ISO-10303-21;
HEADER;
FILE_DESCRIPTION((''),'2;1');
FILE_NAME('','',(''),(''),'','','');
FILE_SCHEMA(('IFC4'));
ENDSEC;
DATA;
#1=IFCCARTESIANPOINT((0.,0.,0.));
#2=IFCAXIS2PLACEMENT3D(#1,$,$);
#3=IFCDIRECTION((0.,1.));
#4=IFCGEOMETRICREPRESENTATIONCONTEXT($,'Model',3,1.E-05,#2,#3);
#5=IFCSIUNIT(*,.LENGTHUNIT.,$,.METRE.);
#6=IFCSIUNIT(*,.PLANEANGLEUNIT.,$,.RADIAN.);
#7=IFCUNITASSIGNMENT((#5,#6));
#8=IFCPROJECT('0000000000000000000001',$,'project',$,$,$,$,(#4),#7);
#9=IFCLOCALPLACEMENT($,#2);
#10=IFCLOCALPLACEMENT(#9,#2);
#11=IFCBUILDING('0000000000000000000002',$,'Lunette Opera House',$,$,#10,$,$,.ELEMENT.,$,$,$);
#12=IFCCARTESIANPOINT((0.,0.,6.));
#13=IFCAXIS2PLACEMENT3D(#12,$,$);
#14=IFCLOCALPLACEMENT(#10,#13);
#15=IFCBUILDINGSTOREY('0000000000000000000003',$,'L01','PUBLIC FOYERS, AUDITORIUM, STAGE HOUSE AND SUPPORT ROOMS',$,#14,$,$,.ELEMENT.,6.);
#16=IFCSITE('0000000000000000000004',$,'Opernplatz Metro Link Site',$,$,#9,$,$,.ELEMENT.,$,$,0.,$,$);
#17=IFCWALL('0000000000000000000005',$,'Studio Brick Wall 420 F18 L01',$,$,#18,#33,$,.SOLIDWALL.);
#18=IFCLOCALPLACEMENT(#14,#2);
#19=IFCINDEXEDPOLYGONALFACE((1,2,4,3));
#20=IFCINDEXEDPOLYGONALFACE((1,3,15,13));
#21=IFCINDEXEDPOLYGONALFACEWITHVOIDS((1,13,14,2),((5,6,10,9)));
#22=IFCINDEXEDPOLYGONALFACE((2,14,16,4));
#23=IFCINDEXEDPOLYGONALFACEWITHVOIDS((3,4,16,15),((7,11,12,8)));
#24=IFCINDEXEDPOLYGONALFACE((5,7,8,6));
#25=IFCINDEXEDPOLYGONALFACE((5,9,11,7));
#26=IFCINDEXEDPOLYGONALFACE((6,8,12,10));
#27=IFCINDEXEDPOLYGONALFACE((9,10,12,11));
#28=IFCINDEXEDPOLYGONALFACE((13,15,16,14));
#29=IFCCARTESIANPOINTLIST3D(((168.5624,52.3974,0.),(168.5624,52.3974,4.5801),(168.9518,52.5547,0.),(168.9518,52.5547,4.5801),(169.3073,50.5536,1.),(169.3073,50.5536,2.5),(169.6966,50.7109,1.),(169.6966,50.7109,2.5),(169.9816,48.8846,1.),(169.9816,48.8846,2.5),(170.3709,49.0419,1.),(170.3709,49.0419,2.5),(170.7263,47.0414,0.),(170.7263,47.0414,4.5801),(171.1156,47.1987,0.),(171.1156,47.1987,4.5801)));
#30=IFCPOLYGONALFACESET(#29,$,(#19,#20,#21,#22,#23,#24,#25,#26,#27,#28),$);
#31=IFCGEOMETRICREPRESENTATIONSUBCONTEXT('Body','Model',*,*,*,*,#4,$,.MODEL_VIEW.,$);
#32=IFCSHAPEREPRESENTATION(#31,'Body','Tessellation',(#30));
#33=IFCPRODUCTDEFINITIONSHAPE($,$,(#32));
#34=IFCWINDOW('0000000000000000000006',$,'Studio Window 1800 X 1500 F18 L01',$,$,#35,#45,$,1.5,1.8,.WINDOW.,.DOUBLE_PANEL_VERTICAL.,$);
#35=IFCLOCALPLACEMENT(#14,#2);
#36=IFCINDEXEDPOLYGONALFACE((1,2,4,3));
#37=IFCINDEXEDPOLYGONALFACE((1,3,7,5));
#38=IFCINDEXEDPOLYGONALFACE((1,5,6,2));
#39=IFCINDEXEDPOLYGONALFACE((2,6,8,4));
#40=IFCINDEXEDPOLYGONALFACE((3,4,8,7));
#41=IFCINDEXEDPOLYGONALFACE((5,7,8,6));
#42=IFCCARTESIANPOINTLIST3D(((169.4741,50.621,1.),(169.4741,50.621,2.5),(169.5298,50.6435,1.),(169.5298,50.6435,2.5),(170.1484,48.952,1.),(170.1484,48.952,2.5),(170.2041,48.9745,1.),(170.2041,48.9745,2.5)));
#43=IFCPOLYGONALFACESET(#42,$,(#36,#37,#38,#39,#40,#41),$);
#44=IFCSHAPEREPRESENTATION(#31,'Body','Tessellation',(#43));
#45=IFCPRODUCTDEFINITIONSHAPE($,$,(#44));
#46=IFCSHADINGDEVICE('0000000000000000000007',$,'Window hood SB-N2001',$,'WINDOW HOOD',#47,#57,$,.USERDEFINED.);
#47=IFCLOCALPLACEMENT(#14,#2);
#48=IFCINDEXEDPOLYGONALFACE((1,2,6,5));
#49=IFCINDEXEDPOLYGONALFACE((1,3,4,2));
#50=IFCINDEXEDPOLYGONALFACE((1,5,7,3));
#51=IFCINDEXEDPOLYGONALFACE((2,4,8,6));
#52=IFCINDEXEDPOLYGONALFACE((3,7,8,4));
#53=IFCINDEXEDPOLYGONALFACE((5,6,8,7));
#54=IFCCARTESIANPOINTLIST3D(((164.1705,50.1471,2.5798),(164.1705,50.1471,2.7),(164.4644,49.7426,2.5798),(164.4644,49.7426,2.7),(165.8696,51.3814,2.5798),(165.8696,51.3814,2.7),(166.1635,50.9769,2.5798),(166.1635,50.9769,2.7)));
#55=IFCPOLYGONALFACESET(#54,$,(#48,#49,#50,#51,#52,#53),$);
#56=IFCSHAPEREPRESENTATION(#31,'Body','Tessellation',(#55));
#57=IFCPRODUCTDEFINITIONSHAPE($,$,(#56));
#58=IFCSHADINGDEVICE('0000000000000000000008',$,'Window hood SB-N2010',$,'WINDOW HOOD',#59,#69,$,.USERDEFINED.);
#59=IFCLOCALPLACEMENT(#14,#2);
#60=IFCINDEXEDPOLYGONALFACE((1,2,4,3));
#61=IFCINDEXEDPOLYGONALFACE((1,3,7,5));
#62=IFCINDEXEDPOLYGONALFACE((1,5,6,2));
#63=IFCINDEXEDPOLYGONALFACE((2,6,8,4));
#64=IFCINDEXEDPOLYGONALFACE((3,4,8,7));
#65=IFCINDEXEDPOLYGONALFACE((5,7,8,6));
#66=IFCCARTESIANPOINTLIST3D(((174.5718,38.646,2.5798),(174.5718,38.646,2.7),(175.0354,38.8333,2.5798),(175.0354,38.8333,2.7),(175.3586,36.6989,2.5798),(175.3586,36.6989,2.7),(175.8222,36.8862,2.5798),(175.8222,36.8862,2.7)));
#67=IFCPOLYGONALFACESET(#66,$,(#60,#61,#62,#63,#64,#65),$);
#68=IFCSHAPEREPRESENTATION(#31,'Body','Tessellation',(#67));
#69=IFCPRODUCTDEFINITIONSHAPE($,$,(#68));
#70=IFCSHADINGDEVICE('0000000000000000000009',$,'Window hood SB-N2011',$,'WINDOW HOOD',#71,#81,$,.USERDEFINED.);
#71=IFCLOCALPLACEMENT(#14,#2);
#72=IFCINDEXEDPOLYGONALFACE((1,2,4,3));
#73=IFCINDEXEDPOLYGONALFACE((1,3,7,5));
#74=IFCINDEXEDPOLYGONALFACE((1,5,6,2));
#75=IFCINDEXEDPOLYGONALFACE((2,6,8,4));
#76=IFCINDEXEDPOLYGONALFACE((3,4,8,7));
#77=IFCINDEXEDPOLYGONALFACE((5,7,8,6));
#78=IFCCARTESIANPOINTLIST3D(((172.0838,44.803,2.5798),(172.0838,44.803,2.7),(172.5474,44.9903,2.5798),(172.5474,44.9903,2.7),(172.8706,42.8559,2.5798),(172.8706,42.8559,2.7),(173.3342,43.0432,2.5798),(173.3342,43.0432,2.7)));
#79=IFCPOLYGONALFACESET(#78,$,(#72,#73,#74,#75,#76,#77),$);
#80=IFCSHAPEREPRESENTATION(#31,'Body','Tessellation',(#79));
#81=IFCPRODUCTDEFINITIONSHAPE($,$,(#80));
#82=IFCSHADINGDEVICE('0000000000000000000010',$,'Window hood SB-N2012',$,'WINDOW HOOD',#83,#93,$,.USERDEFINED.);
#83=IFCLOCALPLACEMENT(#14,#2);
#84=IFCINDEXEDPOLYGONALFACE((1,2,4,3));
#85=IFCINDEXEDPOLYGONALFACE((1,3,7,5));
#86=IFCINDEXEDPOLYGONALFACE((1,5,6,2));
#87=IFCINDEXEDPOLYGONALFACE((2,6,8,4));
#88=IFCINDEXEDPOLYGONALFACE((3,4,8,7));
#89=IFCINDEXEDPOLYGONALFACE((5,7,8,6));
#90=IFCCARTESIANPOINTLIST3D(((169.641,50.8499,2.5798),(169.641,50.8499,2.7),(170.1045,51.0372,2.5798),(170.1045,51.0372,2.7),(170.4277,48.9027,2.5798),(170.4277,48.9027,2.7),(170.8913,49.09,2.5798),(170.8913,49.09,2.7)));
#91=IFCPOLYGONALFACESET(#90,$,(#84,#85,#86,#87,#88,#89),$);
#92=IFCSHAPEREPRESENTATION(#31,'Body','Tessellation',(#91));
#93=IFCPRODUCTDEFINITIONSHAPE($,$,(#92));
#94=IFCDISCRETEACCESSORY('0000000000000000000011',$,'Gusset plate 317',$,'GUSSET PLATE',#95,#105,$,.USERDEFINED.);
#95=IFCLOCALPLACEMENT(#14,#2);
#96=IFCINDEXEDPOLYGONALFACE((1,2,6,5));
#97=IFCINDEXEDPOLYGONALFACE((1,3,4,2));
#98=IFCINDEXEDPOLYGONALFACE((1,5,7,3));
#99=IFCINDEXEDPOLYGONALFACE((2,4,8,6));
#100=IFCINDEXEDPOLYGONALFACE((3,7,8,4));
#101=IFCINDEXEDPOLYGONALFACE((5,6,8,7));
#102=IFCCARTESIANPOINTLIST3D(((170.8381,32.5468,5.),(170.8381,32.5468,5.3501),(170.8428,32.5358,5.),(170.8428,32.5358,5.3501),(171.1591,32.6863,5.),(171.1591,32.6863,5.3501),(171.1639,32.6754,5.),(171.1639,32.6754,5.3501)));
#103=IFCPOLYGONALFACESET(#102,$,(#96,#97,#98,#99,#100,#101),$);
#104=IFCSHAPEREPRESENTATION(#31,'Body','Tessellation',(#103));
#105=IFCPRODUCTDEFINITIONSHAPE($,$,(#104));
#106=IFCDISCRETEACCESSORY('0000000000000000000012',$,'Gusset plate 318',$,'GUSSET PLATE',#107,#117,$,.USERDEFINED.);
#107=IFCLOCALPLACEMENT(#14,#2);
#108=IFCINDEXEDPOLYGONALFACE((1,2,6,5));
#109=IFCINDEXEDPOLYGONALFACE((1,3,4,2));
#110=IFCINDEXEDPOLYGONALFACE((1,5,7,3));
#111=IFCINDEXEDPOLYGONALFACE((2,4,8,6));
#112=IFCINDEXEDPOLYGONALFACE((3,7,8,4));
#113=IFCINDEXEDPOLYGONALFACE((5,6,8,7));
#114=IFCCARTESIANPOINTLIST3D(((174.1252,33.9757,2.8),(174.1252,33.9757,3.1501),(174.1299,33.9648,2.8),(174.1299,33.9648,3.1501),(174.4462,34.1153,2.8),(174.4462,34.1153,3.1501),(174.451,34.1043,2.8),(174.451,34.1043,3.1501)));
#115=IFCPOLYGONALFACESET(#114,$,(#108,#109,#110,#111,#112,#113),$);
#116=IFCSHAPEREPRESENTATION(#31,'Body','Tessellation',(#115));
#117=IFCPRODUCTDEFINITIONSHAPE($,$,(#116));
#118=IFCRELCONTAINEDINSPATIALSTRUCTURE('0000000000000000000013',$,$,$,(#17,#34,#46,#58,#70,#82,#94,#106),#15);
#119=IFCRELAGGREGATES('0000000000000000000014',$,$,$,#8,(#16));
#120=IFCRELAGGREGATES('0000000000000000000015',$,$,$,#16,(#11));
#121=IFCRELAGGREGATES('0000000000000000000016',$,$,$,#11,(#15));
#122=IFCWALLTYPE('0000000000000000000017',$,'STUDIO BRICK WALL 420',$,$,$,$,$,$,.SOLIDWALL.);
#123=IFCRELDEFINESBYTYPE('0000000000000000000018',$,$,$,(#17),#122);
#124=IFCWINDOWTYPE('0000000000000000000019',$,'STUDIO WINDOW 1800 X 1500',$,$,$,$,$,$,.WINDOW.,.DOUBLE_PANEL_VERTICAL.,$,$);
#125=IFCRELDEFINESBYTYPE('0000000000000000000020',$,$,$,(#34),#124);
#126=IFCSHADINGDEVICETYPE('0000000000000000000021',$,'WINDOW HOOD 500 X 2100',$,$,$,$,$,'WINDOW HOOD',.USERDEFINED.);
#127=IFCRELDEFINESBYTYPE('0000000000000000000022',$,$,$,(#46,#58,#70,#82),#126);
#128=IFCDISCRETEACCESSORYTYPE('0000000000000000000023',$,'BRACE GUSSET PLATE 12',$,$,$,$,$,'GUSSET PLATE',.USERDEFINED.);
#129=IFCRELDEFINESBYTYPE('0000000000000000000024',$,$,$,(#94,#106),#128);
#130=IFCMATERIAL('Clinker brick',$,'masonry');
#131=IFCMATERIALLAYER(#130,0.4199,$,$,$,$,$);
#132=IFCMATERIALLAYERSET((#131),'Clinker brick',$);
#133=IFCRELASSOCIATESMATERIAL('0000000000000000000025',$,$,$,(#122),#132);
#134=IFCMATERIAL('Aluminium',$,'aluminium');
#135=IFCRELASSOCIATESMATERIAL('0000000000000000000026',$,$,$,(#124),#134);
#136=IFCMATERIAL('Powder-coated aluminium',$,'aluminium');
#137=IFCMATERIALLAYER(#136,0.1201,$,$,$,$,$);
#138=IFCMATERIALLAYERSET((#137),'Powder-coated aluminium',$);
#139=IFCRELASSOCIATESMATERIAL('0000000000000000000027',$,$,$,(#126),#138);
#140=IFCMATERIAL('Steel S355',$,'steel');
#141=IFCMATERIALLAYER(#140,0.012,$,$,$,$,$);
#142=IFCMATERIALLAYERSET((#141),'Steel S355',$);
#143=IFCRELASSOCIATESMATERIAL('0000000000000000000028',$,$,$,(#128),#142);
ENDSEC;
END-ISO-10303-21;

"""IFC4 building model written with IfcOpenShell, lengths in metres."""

from ifc_helpers import new_model, si_unit, direction, frame, frame_2d, origin, origin_2d, place, context, subcontext, project, spatial, rectangle, extrude, material, layer, layer_set, type_object, element, fill, save


model = new_model("IFC4")

# Units and contexts
model_context = context("Model", 3, precision=1e-05, world=origin(), true_north=direction((0.0, 1.0)))
body_context = subcontext(model_context, "Body", "Model", "MODEL_VIEW")
ifc_project = project(units=[si_unit("LENGTHUNIT", "METRE"), si_unit("PLANEANGLEUNIT", "RADIAN")], contexts=[model_context])

# Site, building, storey
site_placement = place(None, origin())
site = spatial("IfcSite", under=ifc_project, at=site_placement, Name="Opernplatz Metro Link Site", CompositionType="ELEMENT", RefElevation=0.0)
building_placement = place(site_placement, origin())
building = spatial("IfcBuilding", under=site, at=building_placement, Name="Lunette Opera House", CompositionType="ELEMENT")
storey_placement = place(building_placement, frame((0.0, 0.0, 6.0)))
storey = spatial("IfcBuildingStorey", under=building, at=storey_placement, Name="L01", Description="PUBLIC FOYERS, AUDITORIUM, STAGE HOUSE AND SUPPORT ROOMS", CompositionType="ELEMENT", Elevation=6.0)

# Shared definitions
ifc_material_1 = material(Name="Clinker brick", Category="masonry")
ifc_layer_1 = layer(ifc_material_1, 0.4199)
ifc_layer_set_1 = layer_set([ifc_layer_1], Name="Clinker brick")
wall_type_1 = type_object("IfcWallType", Name="STUDIO BRICK WALL 420", PredefinedType="SOLIDWALL", material=ifc_layer_set_1)
ifc_material_2 = material(Name="Aluminium", Category="aluminium")
window_type = type_object("IfcWindowType", Name="STUDIO WINDOW 1800 X 1500", PartitioningType="DOUBLE_PANEL_VERTICAL", PredefinedType="WINDOW", material=ifc_material_2)

# Wall, opening, window
wall_1_placement = place(storey_placement, frame((170.9209, 47.1201, 0.0), z_axis=(0.0, 0.0, 1.0), x_axis=(-0.374587, 0.927192, 0.0)))
wall_1 = element("IfcWall", 1, at=wall_1_placement, inside=storey, type_object=wall_type_1, Name="Studio Brick Wall 420 F18 L01", PredefinedType="SOLIDWALL", context=body_context, shape_type="SweptSolid", body=[
    extrude(rectangle(XDim=5.7766, YDim=0.4199, at=frame_2d((2.8882, 0.0))), origin(), (0.0, 0.0, 1.0), 4.5801),
])
opening_1_placement = place(wall_1_placement, frame((1.988, 0.0, 1.0)))
opening_1 = element("IfcOpeningElement", 2, at=opening_1_placement, cuts=wall_1, PredefinedType="OPENING", context=body_context, shape_type="SweptSolid", body=[
    extrude(rectangle(XDim=1.8, YDim=1.5, at=frame_2d((0.8999, 0.75))), frame((0.0, 0.2219, 0.0), z_axis=(0.0, -1.0, 0.0), x_axis=(1.0, 0.0, 0.0)), (0.0, 0.0, 1.0), 0.4438),
])
window_1_placement = place(opening_1_placement, origin())
window_1 = element("IfcWindow", 3, at=window_1_placement, inside=storey, type_object=window_type, Name="Studio Window 1800 X 1500 F18 L01", OverallHeight=1.5, OverallWidth=1.8, PartitioningType="DOUBLE_PANEL_VERTICAL", PredefinedType="WINDOW", context=body_context, shape_type="SweptSolid", body=[
    extrude(rectangle(XDim=1.8, YDim=1.5, at=frame_2d((0.8999, 0.75))), frame((0.0, 0.03, 0.0), z_axis=(0.0, -1.0, 0.0), x_axis=(1.0, 0.0, 0.0)), (0.0, 0.0, 1.0), 0.0601),
])
fill(opening_1, window_1)

# Shading devices
ifc_material_3 = material(Name="Powder-coated aluminium", Category="aluminium")
ifc_layer_2 = layer(ifc_material_3, 0.1201)
ifc_layer_set_2 = layer_set([ifc_layer_2], Name="Powder-coated aluminium")
shading_device_type = type_object("IfcShadingDeviceType", Name="WINDOW HOOD 500 X 2100", ElementType="WINDOW HOOD", PredefinedType="USERDEFINED", material=ifc_layer_set_2)
for number, where, z_axis, x_axis, name in (
    (4, (165.167, 50.562, 2.5798), (0.0, 0.0, 1.0), (-0.587753, 0.809041, 0.0), "Window hood SB-N2001"),
    (5, (175.197, 37.7661, 2.5798), (0.0, 0.0, 1.0), (0.927163, 0.374658, 0.0), "Window hood SB-N2010"),
    (6, (172.709, 43.9231, 2.5798), (0.0, 0.0, 1.0), (0.927158, 0.374671, 0.0), "Window hood SB-N2011"),
    (7, (170.2661, 49.97, 2.5798), (0.0, 0.0, 1.0), (0.927182, 0.374611, 0.0), "Window hood SB-N2012"),
):
    element("IfcShadingDevice", number, at=place(storey_placement, frame(where, z_axis=z_axis, x_axis=x_axis)), inside=storey, type_object=shading_device_type, Name=name, ObjectType="WINDOW HOOD", PredefinedType="USERDEFINED", context=body_context, shape_type="SweptSolid", body=[
        extrude(rectangle(XDim=0.5, YDim=2.1001, at=origin_2d()), origin(), (0.0, 0.0, 1.0), 0.1201),
    ])

# Discrete accessories
ifc_material_4 = material(Name="Steel S355", Category="steel")
ifc_layer_3 = layer(ifc_material_4, 0.012)
ifc_layer_set_3 = layer_set([ifc_layer_3], Name="Steel S355")
discrete_accessory_type = type_object("IfcDiscreteAccessoryType", Name="BRACE GUSSET PLATE 12", ElementType="GUSSET PLATE", PredefinedType="USERDEFINED", material=ifc_layer_set_3)
for number, where, z_axis, x_axis, name in (
    (8, (171.001, 32.6111, 5.0), (0.0, 0.0, 1.0), (0.917128, 0.398594, 0.0), "Gusset plate 317"),
    (9, (174.2881, 34.04, 2.8), (0.0, 0.0, 1.0), (0.917083, 0.398696, 0.0), "Gusset plate 318"),
):
    element("IfcDiscreteAccessory", number, at=place(storey_placement, frame(where, z_axis=z_axis, x_axis=x_axis)), inside=storey, type_object=discrete_accessory_type, Name=name, ObjectType="GUSSET PLATE", PredefinedType="USERDEFINED", context=body_context, shape_type="SweptSolid", body=[
        extrude(rectangle(XDim=0.3501, YDim=0.012, at=origin_2d()), origin(), (0.0, 0.0, 1.0), 0.3501),
    ])

save(model, "model.ifc")
